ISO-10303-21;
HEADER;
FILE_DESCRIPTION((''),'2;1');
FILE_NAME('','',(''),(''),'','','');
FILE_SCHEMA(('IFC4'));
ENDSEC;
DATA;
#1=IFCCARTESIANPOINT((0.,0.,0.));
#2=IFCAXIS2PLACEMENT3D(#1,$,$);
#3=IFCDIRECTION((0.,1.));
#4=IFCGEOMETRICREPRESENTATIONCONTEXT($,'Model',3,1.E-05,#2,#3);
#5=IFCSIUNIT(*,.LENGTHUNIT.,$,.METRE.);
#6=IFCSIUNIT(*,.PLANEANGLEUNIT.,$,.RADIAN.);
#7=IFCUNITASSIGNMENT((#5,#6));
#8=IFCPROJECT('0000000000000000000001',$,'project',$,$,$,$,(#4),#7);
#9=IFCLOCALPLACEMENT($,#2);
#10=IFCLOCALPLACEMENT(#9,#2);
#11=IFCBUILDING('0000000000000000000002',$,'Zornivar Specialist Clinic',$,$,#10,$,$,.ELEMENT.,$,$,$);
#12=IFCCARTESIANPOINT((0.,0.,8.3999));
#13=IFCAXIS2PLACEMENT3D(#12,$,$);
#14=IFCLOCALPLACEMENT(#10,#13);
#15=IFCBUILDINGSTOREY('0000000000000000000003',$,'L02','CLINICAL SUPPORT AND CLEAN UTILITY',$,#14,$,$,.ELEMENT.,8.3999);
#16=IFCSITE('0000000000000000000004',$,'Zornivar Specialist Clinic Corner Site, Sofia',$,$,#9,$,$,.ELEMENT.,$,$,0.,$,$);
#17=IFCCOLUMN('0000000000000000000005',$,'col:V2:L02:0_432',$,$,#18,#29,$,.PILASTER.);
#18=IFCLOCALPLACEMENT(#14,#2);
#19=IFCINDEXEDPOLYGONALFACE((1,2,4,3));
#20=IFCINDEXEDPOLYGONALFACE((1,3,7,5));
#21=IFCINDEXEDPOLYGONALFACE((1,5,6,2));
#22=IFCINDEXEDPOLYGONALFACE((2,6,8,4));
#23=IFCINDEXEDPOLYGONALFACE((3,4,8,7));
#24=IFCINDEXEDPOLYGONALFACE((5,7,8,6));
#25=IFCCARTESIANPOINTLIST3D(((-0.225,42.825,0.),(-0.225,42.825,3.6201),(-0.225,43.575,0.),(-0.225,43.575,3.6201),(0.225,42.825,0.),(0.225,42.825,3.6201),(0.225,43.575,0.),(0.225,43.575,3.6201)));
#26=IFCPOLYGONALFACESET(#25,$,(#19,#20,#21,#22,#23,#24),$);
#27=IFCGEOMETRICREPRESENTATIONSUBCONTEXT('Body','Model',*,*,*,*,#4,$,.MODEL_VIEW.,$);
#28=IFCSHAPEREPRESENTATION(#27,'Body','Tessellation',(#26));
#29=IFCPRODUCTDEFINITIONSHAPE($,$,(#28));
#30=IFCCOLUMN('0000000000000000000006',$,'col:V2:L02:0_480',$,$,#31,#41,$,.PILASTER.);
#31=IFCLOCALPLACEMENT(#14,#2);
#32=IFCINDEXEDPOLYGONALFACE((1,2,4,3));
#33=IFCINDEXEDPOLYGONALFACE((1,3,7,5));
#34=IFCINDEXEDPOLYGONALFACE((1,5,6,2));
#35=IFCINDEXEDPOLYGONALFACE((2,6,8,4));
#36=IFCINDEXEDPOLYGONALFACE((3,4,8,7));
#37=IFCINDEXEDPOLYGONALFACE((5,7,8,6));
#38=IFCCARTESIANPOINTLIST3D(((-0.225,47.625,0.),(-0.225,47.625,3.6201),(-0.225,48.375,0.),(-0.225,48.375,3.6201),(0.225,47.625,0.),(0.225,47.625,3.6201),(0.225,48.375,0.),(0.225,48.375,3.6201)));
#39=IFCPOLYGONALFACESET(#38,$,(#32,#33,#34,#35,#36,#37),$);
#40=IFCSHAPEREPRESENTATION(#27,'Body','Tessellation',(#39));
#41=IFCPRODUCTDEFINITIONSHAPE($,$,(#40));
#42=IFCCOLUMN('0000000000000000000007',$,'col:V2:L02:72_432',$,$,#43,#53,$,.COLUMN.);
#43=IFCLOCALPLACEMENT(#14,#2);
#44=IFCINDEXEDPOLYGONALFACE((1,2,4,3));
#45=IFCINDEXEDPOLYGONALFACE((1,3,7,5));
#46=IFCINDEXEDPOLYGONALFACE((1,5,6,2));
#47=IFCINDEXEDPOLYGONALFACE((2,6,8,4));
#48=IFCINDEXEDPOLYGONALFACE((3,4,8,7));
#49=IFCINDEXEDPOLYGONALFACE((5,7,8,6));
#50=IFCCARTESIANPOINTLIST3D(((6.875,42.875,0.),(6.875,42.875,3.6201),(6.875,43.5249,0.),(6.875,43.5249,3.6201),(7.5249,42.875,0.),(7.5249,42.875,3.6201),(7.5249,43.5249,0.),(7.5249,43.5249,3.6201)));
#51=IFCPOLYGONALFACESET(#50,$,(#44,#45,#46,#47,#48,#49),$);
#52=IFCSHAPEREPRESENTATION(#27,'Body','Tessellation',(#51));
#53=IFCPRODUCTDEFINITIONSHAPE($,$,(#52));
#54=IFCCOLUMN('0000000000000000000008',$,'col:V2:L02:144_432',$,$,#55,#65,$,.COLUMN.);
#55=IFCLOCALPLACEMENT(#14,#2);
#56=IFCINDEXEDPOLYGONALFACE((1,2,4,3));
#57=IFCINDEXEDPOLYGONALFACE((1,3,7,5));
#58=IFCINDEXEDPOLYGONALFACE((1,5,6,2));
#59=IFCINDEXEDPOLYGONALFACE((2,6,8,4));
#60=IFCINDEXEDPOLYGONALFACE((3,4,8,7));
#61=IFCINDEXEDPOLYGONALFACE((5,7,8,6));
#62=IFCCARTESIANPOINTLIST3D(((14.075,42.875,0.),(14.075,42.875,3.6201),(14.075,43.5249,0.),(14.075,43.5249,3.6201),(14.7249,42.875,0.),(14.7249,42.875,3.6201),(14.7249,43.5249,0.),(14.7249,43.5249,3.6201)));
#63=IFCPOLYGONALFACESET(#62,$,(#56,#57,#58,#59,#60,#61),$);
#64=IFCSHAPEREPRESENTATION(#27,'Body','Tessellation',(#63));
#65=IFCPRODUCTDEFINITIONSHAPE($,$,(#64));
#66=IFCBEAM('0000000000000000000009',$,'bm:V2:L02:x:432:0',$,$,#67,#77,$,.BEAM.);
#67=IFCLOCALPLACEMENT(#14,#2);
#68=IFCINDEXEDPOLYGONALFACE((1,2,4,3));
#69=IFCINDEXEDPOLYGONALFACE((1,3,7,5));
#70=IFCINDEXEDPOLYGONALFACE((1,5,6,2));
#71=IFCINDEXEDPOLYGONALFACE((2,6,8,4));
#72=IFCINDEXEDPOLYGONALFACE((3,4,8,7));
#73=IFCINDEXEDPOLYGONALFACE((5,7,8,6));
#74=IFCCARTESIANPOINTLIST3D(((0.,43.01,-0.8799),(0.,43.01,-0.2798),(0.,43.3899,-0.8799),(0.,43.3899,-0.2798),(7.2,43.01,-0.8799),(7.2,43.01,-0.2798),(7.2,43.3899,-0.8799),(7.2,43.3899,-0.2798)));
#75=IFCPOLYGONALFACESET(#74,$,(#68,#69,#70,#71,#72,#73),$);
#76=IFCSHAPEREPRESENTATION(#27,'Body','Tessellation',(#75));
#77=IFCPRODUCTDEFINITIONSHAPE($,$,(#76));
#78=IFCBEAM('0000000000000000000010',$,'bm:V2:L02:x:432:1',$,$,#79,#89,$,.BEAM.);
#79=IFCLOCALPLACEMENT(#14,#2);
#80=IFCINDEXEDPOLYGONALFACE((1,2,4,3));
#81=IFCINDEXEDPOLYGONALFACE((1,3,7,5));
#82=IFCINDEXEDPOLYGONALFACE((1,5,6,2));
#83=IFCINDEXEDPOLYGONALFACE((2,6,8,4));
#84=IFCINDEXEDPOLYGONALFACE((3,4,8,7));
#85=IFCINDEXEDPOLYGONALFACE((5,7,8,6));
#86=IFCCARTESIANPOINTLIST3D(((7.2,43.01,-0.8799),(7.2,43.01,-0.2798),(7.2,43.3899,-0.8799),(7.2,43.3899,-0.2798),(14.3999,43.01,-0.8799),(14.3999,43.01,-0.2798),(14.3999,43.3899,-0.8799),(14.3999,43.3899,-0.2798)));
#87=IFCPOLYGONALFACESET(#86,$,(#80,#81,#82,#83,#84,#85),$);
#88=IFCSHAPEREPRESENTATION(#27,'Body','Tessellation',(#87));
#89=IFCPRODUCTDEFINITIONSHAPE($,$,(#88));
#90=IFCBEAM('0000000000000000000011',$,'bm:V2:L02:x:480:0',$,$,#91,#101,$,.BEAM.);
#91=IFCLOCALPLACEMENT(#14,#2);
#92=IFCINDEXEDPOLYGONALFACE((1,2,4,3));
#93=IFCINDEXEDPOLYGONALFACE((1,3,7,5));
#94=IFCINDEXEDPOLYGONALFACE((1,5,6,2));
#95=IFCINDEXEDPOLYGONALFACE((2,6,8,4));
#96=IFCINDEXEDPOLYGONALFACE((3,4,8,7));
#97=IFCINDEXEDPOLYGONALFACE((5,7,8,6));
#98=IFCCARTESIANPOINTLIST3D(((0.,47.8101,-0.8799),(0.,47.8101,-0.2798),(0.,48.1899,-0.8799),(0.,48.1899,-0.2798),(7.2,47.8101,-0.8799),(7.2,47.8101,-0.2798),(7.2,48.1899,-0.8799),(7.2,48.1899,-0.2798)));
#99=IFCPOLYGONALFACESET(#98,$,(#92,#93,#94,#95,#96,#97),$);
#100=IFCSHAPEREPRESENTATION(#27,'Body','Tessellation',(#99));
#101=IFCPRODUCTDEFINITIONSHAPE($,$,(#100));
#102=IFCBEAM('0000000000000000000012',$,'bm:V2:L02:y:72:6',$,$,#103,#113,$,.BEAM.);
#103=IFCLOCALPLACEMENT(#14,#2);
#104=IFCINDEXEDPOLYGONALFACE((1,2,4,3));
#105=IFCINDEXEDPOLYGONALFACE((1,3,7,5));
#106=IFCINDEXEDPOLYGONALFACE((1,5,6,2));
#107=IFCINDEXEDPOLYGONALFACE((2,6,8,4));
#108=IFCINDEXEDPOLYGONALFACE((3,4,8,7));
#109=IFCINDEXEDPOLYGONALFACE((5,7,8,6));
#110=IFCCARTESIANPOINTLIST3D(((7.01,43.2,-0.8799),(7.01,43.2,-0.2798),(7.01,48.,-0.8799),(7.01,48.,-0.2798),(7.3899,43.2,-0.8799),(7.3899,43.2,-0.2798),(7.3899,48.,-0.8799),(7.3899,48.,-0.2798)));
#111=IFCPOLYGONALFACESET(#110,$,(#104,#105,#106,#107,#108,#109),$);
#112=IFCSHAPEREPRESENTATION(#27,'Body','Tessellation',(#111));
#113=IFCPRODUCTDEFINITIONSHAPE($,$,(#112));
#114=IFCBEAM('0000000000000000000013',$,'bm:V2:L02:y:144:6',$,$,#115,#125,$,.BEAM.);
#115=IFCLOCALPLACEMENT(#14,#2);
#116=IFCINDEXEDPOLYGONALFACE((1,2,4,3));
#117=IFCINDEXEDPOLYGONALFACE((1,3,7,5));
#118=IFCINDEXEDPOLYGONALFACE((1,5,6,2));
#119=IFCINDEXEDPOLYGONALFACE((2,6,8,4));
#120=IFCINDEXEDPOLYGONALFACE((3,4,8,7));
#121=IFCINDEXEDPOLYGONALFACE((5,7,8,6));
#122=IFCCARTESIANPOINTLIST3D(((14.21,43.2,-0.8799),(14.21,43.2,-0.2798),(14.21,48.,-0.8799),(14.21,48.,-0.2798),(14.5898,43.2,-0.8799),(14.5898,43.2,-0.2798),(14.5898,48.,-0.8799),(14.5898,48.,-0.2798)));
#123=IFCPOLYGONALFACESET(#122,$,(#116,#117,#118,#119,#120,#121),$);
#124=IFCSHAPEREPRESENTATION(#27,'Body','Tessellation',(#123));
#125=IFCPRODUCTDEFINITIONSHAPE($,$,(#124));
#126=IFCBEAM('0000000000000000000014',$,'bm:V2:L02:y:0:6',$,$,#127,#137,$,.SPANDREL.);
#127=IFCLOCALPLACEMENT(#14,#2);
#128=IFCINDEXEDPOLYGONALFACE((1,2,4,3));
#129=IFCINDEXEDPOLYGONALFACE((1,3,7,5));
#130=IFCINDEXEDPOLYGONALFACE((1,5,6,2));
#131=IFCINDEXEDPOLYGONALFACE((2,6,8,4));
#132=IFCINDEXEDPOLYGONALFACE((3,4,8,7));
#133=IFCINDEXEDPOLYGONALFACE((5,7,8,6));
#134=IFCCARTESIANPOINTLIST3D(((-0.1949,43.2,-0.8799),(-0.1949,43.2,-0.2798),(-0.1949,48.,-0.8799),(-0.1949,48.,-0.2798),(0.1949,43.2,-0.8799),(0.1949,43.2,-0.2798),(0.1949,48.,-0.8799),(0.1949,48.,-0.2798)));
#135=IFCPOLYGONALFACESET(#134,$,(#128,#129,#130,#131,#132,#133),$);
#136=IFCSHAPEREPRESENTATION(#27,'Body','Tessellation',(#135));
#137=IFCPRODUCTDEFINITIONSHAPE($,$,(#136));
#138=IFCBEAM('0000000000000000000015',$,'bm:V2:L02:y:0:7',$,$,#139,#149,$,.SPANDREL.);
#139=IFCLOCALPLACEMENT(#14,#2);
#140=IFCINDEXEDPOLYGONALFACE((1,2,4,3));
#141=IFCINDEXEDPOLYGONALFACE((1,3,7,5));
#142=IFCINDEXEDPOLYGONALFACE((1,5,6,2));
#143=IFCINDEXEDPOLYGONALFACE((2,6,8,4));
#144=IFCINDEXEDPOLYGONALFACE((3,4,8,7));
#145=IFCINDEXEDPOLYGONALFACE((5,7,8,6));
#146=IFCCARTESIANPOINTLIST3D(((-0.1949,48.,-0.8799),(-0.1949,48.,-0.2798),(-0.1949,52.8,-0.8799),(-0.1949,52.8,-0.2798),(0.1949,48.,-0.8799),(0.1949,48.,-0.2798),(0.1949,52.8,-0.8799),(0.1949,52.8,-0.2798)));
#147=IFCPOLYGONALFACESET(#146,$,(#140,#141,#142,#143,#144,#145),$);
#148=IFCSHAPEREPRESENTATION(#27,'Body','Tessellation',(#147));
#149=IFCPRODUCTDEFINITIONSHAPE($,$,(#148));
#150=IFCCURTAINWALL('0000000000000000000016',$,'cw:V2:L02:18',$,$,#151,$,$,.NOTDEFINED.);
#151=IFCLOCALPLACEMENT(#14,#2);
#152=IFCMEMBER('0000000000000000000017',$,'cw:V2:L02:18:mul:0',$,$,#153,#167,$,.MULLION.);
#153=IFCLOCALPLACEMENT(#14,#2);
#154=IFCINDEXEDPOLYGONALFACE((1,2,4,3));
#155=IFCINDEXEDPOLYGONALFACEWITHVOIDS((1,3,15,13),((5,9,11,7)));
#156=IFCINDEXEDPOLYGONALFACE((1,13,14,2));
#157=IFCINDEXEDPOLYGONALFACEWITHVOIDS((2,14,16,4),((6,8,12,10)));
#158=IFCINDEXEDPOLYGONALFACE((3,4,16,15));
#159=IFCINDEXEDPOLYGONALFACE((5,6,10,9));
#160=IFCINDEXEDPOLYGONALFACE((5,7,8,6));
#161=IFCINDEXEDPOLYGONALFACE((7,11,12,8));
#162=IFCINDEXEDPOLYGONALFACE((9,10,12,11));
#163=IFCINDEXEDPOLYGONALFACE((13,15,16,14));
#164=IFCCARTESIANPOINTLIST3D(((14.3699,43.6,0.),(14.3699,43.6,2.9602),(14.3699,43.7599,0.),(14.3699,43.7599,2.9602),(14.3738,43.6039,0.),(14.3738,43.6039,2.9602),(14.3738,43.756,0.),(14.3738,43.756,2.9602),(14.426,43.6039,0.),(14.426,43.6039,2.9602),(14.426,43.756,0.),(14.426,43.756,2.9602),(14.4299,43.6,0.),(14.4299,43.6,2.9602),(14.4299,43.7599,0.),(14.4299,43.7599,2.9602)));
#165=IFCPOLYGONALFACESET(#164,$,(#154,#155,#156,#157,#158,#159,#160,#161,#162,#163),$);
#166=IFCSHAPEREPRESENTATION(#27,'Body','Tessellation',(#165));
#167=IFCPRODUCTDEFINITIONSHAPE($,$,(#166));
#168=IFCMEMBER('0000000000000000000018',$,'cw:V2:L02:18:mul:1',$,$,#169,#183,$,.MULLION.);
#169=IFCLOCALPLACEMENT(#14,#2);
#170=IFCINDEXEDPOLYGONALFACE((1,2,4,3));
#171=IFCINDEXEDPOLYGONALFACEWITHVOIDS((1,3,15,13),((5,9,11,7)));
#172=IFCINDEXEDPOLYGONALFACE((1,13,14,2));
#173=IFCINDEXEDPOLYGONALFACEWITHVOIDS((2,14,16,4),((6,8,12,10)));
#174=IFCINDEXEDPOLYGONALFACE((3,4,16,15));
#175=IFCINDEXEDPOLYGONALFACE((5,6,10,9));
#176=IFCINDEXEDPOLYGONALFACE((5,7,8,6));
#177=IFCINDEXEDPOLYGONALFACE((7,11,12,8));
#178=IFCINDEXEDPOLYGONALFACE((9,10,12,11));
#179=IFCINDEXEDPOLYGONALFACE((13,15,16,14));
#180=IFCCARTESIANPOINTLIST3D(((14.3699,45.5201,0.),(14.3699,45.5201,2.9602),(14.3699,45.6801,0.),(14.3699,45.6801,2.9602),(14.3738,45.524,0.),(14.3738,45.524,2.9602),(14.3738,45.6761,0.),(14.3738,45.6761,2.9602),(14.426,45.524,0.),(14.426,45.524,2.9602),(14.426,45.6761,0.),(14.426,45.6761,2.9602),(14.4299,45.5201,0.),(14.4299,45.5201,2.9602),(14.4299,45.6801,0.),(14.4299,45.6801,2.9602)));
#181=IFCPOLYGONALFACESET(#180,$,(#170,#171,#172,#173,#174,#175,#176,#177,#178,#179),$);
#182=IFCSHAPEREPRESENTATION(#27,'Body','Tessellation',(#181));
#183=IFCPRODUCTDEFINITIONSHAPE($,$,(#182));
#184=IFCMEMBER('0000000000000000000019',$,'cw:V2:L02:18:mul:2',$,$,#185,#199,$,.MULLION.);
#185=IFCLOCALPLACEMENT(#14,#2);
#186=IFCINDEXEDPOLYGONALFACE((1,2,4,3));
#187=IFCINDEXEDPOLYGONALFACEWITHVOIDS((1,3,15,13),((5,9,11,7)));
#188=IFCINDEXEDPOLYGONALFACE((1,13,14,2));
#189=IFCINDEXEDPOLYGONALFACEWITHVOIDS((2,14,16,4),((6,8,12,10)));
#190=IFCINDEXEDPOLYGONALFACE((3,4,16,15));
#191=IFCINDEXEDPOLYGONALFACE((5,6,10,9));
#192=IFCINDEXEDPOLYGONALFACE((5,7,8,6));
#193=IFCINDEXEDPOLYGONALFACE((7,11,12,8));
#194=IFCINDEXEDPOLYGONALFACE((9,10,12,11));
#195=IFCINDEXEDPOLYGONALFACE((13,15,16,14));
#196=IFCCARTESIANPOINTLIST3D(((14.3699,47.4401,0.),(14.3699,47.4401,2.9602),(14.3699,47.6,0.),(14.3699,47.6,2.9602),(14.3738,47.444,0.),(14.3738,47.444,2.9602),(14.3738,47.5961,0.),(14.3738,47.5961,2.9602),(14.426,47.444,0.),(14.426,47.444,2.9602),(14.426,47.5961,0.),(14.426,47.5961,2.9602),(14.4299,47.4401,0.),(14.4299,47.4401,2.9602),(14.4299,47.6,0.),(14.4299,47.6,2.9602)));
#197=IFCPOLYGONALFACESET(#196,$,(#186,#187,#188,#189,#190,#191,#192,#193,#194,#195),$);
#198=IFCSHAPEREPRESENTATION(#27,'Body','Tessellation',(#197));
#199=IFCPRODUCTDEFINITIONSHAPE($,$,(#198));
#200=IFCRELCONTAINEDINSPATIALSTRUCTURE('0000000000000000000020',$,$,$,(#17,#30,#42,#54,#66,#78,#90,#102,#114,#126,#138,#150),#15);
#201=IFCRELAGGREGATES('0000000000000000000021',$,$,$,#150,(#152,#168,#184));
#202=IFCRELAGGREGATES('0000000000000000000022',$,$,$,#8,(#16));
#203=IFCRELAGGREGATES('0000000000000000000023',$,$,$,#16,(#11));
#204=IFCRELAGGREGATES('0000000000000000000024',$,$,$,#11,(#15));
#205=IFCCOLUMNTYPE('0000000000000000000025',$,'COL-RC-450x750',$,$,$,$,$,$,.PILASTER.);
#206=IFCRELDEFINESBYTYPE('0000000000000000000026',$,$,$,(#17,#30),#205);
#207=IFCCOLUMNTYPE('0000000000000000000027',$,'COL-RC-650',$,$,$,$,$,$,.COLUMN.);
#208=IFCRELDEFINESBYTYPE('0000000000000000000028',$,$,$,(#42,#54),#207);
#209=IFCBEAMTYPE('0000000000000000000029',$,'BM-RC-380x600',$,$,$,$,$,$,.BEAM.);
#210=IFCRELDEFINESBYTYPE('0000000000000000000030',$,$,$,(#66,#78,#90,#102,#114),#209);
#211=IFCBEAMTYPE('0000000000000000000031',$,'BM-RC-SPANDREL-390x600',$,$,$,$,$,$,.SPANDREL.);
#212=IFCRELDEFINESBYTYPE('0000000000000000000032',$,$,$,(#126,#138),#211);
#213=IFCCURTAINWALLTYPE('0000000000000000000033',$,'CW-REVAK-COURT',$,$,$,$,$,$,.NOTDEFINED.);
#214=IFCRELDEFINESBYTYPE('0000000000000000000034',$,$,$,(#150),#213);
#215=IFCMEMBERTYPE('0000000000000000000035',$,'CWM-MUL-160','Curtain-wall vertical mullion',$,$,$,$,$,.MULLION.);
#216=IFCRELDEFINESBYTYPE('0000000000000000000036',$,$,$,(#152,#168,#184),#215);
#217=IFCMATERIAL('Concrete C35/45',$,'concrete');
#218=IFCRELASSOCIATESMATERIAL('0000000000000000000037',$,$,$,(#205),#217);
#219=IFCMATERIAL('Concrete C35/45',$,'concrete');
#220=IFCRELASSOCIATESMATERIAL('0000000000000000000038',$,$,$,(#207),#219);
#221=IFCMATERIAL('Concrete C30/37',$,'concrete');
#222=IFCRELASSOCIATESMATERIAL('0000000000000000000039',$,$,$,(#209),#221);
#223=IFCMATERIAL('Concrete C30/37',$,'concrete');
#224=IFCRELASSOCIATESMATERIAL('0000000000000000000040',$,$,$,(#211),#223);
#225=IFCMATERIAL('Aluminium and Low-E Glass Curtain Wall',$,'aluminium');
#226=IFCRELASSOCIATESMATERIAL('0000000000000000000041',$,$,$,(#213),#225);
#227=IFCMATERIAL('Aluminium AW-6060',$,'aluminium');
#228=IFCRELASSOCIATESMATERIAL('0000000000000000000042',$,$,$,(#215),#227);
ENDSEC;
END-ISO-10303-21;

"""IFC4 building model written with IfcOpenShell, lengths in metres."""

from ifc_helpers import new_model, si_unit, direction, frame, origin, origin_2d, place, context, subcontext, project, spatial, rectangle, hollow_rectangle, extrude, material, material_profile, profile_set, type_object, element, aggregate, save


model = new_model("IFC4")

# Units and contexts
model_context = context("Model", 3, precision=1e-05, world=origin(), true_north=direction((0.0, 1.0)))
body_context = subcontext(model_context, "Body", "Model", "MODEL_VIEW")
ifc_project = project(units=[si_unit("LENGTHUNIT", "METRE"), si_unit("PLANEANGLEUNIT", "RADIAN")], contexts=[model_context])

# Site, building, storey
site_placement = place(None, origin())
site = spatial("IfcSite", under=ifc_project, at=site_placement, Name="Zornivar Specialist Clinic Corner Site, Sofia", CompositionType="ELEMENT", RefElevation=0.0)
building_placement = place(site_placement, origin())
building = spatial("IfcBuilding", under=site, at=building_placement, Name="Zornivar Specialist Clinic", CompositionType="ELEMENT")
storey_placement = place(building_placement, frame((0.0, 0.0, 8.3999)))
storey = spatial("IfcBuildingStorey", under=building, at=storey_placement, Name="L02", Description="CLINICAL SUPPORT AND CLEAN UTILITY", CompositionType="ELEMENT", Elevation=8.3999)

# Columns
ifc_material_1 = material(Name="Concrete C35/45", Category="concrete")
ifc_material_profile_1 = material_profile(ifc_material_1, rectangle(XDim=0.45, YDim=0.75, at=origin_2d()), Name="RC 450x750")
ifc_profile_set_1 = profile_set([ifc_material_profile_1], Name="Concrete C35/45")
column_type_1 = type_object("IfcColumnType", Name="COL-RC-450x750", PredefinedType="PILASTER", material=ifc_profile_set_1)
for number, where, z_axis, x_axis, name in (
    (1, (0.0, 43.2, 0.0), (0.0, 0.0, 1.0), (1.0, 0.0, 0.0), "col:V2:L02:0_432"),
    (2, (0.0, 48.0, 0.0), (0.0, 0.0, 1.0), (1.0, 0.0, 0.0), "col:V2:L02:0_480"),
):
    element("IfcColumn", number, at=place(storey_placement, frame(where, z_axis=z_axis, x_axis=x_axis)), inside=storey, type_object=column_type_1, Name=name, PredefinedType="PILASTER", context=body_context, shape_type="SweptSolid", body=[
        extrude(rectangle(XDim=0.45, YDim=0.75, at=origin_2d()), origin(), (0.0, 0.0, 1.0), 3.6201),
    ])
ifc_material_2 = material(Name="Concrete C35/45", Category="concrete")
ifc_material_profile_2 = material_profile(ifc_material_2, rectangle(XDim=0.6499, YDim=0.6499, at=origin_2d()), Name="RC 650x650")
ifc_profile_set_2 = profile_set([ifc_material_profile_2], Name="Concrete C35/45")
column_type_2 = type_object("IfcColumnType", Name="COL-RC-650", PredefinedType="COLUMN", material=ifc_profile_set_2)
for number, where, z_axis, x_axis, name in (
    (3, (7.2, 43.2, 0.0), (0.0, 0.0, 1.0), (1.0, 0.0, 0.0), "col:V2:L02:72_432"),
    (4, (14.3999, 43.2, 0.0), (0.0, 0.0, 1.0), (1.0, 0.0, 0.0), "col:V2:L02:144_432"),
):
    element("IfcColumn", number, at=place(storey_placement, frame(where, z_axis=z_axis, x_axis=x_axis)), inside=storey, type_object=column_type_2, Name=name, PredefinedType="COLUMN", context=body_context, shape_type="SweptSolid", body=[
        extrude(rectangle(XDim=0.6499, YDim=0.6499, at=origin_2d()), origin(), (0.0, 0.0, 1.0), 3.6201),
    ])

# Beams
ifc_material_3 = material(Name="Concrete C30/37", Category="concrete")
ifc_material_profile_3 = material_profile(ifc_material_3, rectangle(XDim=0.3799, YDim=0.6001, at=origin_2d()), Name="RC 380x600")
ifc_profile_set_3 = profile_set([ifc_material_profile_3], Name="Concrete C30/37")
beam_type_1 = type_object("IfcBeamType", Name="BM-RC-380x600", PredefinedType="BEAM", material=ifc_profile_set_3)
for number, where, z_axis, x_axis, name in (
    (5, (0.0, 43.2, -0.5798), (1.0, 0.0, 0.0), (0.0, 1.0, 0.0), "bm:V2:L02:x:432:0"),
    (6, (7.2, 43.2, -0.5798), (1.0, 0.0, 0.0), (0.0, 1.0, 0.0), "bm:V2:L02:x:432:1"),
    (7, (0.0, 48.0, -0.5798), (1.0, 0.0, 0.0), (0.0, 1.0, 0.0), "bm:V2:L02:x:480:0"),
):
    element("IfcBeam", number, at=place(storey_placement, frame(where, z_axis=z_axis, x_axis=x_axis)), inside=storey, type_object=beam_type_1, Name=name, PredefinedType="BEAM", context=body_context, shape_type="SweptSolid", body=[
        extrude(rectangle(XDim=0.3799, YDim=0.6001, at=origin_2d()), origin(), (0.0, 0.0, 1.0), 7.2),
    ])
for number, where, z_axis, x_axis, name in (
    (8, (7.2, 43.2, -0.5798), (0.0, 1.0, 0.0), (-1.0, 0.0, 0.0), "bm:V2:L02:y:72:6"),
    (9, (14.3999, 43.2, -0.5798), (0.0, 1.0, 0.0), (-1.0, 0.0, 0.0), "bm:V2:L02:y:144:6"),
):
    element("IfcBeam", number, at=place(storey_placement, frame(where, z_axis=z_axis, x_axis=x_axis)), inside=storey, type_object=beam_type_1, Name=name, PredefinedType="BEAM", context=body_context, shape_type="SweptSolid", body=[
        extrude(rectangle(XDim=0.3799, YDim=0.6001, at=origin_2d()), origin(), (0.0, 0.0, 1.0), 4.8),
    ])
ifc_material_4 = material(Name="Concrete C30/37", Category="concrete")
ifc_material_profile_4 = material_profile(ifc_material_4, rectangle(XDim=0.3899, YDim=0.6001, at=origin_2d()), Name="RC 390x600")
ifc_profile_set_4 = profile_set([ifc_material_profile_4], Name="Concrete C30/37")
beam_type_2 = type_object("IfcBeamType", Name="BM-RC-SPANDREL-390x600", PredefinedType="SPANDREL", material=ifc_profile_set_4)
for number, where, z_axis, x_axis, name in (
    (10, (0.0, 43.2, -0.5798), (0.0, 1.0, 0.0), (-1.0, 0.0, 0.0), "bm:V2:L02:y:0:6"),
    (11, (0.0, 48.0, -0.5798), (0.0, 1.0, 0.0), (-1.0, 0.0, 0.0), "bm:V2:L02:y:0:7"),
):
    element("IfcBeam", number, at=place(storey_placement, frame(where, z_axis=z_axis, x_axis=x_axis)), inside=storey, type_object=beam_type_2, Name=name, PredefinedType="SPANDREL", context=body_context, shape_type="SweptSolid", body=[
        extrude(rectangle(XDim=0.3899, YDim=0.6001, at=origin_2d()), origin(), (0.0, 0.0, 1.0), 4.8),
    ])

# Curtain wall, members
ifc_material_5 = material(Name="Aluminium and Low-E Glass Curtain Wall", Category="aluminium")
curtain_wall_type = type_object("IfcCurtainWallType", Name="CW-REVAK-COURT", PredefinedType="NOTDEFINED", material=ifc_material_5)
curtain_wall_placement = place(storey_placement, origin())
curtain_wall = element("IfcCurtainWall", 12, at=curtain_wall_placement, inside=storey, type_object=curtain_wall_type, Name="cw:V2:L02:18", PredefinedType="NOTDEFINED")
ifc_material_6 = material(Name="Aluminium AW-6060", Category="aluminium")
ifc_material_profile_5 = material_profile(ifc_material_6, hollow_rectangle(XDim=0.0601, YDim=0.1599, WallThickness=0.0039, at=origin_2d()), Name="ALU 60x160x4")
ifc_profile_set_5 = profile_set([ifc_material_profile_5], Name="Aluminium AW-6060")
member_type_1 = type_object("IfcMemberType", Name="CWM-MUL-160", Description="Curtain-wall vertical mullion", PredefinedType="MULLION", material=ifc_profile_set_5)
member_1_placement = place(storey_placement, frame((14.3999, 43.6799, 0.0), z_axis=(0.0, 0.0, 1.0), x_axis=(1.0, 0.0, 0.0)))
member_1 = element("IfcMember", 13, at=member_1_placement, type_object=member_type_1, Name="cw:V2:L02:18:mul:0", PredefinedType="MULLION", context=body_context, shape_type="SweptSolid", body=[
    extrude(hollow_rectangle(XDim=0.0601, YDim=0.1599, WallThickness=0.0039, at=origin_2d()), origin(), (0.0, 0.0, 1.0), 2.9602),
])
member_2_placement = place(storey_placement, frame((14.3999, 45.6001, 0.0), z_axis=(0.0, 0.0, 1.0), x_axis=(1.0, 0.0, 0.0)))
member_2 = element("IfcMember", 14, at=member_2_placement, type_object=member_type_1, Name="cw:V2:L02:18:mul:1", PredefinedType="MULLION", context=body_context, shape_type="SweptSolid", body=[
    extrude(hollow_rectangle(XDim=0.0601, YDim=0.1599, WallThickness=0.0039, at=origin_2d()), origin(), (0.0, 0.0, 1.0), 2.9602),
])
member_3_placement = place(storey_placement, frame((14.3999, 47.52, 0.0), z_axis=(0.0, 0.0, 1.0), x_axis=(1.0, 0.0, 0.0)))
member_3 = element("IfcMember", 15, at=member_3_placement, type_object=member_type_1, Name="cw:V2:L02:18:mul:2", PredefinedType="MULLION", context=body_context, shape_type="SweptSolid", body=[
    extrude(hollow_rectangle(XDim=0.0601, YDim=0.1599, WallThickness=0.0039, at=origin_2d()), origin(), (0.0, 0.0, 1.0), 2.9602),
])
aggregate(curtain_wall, [member_1, member_2, member_3])

save(model, "model.ifc")
